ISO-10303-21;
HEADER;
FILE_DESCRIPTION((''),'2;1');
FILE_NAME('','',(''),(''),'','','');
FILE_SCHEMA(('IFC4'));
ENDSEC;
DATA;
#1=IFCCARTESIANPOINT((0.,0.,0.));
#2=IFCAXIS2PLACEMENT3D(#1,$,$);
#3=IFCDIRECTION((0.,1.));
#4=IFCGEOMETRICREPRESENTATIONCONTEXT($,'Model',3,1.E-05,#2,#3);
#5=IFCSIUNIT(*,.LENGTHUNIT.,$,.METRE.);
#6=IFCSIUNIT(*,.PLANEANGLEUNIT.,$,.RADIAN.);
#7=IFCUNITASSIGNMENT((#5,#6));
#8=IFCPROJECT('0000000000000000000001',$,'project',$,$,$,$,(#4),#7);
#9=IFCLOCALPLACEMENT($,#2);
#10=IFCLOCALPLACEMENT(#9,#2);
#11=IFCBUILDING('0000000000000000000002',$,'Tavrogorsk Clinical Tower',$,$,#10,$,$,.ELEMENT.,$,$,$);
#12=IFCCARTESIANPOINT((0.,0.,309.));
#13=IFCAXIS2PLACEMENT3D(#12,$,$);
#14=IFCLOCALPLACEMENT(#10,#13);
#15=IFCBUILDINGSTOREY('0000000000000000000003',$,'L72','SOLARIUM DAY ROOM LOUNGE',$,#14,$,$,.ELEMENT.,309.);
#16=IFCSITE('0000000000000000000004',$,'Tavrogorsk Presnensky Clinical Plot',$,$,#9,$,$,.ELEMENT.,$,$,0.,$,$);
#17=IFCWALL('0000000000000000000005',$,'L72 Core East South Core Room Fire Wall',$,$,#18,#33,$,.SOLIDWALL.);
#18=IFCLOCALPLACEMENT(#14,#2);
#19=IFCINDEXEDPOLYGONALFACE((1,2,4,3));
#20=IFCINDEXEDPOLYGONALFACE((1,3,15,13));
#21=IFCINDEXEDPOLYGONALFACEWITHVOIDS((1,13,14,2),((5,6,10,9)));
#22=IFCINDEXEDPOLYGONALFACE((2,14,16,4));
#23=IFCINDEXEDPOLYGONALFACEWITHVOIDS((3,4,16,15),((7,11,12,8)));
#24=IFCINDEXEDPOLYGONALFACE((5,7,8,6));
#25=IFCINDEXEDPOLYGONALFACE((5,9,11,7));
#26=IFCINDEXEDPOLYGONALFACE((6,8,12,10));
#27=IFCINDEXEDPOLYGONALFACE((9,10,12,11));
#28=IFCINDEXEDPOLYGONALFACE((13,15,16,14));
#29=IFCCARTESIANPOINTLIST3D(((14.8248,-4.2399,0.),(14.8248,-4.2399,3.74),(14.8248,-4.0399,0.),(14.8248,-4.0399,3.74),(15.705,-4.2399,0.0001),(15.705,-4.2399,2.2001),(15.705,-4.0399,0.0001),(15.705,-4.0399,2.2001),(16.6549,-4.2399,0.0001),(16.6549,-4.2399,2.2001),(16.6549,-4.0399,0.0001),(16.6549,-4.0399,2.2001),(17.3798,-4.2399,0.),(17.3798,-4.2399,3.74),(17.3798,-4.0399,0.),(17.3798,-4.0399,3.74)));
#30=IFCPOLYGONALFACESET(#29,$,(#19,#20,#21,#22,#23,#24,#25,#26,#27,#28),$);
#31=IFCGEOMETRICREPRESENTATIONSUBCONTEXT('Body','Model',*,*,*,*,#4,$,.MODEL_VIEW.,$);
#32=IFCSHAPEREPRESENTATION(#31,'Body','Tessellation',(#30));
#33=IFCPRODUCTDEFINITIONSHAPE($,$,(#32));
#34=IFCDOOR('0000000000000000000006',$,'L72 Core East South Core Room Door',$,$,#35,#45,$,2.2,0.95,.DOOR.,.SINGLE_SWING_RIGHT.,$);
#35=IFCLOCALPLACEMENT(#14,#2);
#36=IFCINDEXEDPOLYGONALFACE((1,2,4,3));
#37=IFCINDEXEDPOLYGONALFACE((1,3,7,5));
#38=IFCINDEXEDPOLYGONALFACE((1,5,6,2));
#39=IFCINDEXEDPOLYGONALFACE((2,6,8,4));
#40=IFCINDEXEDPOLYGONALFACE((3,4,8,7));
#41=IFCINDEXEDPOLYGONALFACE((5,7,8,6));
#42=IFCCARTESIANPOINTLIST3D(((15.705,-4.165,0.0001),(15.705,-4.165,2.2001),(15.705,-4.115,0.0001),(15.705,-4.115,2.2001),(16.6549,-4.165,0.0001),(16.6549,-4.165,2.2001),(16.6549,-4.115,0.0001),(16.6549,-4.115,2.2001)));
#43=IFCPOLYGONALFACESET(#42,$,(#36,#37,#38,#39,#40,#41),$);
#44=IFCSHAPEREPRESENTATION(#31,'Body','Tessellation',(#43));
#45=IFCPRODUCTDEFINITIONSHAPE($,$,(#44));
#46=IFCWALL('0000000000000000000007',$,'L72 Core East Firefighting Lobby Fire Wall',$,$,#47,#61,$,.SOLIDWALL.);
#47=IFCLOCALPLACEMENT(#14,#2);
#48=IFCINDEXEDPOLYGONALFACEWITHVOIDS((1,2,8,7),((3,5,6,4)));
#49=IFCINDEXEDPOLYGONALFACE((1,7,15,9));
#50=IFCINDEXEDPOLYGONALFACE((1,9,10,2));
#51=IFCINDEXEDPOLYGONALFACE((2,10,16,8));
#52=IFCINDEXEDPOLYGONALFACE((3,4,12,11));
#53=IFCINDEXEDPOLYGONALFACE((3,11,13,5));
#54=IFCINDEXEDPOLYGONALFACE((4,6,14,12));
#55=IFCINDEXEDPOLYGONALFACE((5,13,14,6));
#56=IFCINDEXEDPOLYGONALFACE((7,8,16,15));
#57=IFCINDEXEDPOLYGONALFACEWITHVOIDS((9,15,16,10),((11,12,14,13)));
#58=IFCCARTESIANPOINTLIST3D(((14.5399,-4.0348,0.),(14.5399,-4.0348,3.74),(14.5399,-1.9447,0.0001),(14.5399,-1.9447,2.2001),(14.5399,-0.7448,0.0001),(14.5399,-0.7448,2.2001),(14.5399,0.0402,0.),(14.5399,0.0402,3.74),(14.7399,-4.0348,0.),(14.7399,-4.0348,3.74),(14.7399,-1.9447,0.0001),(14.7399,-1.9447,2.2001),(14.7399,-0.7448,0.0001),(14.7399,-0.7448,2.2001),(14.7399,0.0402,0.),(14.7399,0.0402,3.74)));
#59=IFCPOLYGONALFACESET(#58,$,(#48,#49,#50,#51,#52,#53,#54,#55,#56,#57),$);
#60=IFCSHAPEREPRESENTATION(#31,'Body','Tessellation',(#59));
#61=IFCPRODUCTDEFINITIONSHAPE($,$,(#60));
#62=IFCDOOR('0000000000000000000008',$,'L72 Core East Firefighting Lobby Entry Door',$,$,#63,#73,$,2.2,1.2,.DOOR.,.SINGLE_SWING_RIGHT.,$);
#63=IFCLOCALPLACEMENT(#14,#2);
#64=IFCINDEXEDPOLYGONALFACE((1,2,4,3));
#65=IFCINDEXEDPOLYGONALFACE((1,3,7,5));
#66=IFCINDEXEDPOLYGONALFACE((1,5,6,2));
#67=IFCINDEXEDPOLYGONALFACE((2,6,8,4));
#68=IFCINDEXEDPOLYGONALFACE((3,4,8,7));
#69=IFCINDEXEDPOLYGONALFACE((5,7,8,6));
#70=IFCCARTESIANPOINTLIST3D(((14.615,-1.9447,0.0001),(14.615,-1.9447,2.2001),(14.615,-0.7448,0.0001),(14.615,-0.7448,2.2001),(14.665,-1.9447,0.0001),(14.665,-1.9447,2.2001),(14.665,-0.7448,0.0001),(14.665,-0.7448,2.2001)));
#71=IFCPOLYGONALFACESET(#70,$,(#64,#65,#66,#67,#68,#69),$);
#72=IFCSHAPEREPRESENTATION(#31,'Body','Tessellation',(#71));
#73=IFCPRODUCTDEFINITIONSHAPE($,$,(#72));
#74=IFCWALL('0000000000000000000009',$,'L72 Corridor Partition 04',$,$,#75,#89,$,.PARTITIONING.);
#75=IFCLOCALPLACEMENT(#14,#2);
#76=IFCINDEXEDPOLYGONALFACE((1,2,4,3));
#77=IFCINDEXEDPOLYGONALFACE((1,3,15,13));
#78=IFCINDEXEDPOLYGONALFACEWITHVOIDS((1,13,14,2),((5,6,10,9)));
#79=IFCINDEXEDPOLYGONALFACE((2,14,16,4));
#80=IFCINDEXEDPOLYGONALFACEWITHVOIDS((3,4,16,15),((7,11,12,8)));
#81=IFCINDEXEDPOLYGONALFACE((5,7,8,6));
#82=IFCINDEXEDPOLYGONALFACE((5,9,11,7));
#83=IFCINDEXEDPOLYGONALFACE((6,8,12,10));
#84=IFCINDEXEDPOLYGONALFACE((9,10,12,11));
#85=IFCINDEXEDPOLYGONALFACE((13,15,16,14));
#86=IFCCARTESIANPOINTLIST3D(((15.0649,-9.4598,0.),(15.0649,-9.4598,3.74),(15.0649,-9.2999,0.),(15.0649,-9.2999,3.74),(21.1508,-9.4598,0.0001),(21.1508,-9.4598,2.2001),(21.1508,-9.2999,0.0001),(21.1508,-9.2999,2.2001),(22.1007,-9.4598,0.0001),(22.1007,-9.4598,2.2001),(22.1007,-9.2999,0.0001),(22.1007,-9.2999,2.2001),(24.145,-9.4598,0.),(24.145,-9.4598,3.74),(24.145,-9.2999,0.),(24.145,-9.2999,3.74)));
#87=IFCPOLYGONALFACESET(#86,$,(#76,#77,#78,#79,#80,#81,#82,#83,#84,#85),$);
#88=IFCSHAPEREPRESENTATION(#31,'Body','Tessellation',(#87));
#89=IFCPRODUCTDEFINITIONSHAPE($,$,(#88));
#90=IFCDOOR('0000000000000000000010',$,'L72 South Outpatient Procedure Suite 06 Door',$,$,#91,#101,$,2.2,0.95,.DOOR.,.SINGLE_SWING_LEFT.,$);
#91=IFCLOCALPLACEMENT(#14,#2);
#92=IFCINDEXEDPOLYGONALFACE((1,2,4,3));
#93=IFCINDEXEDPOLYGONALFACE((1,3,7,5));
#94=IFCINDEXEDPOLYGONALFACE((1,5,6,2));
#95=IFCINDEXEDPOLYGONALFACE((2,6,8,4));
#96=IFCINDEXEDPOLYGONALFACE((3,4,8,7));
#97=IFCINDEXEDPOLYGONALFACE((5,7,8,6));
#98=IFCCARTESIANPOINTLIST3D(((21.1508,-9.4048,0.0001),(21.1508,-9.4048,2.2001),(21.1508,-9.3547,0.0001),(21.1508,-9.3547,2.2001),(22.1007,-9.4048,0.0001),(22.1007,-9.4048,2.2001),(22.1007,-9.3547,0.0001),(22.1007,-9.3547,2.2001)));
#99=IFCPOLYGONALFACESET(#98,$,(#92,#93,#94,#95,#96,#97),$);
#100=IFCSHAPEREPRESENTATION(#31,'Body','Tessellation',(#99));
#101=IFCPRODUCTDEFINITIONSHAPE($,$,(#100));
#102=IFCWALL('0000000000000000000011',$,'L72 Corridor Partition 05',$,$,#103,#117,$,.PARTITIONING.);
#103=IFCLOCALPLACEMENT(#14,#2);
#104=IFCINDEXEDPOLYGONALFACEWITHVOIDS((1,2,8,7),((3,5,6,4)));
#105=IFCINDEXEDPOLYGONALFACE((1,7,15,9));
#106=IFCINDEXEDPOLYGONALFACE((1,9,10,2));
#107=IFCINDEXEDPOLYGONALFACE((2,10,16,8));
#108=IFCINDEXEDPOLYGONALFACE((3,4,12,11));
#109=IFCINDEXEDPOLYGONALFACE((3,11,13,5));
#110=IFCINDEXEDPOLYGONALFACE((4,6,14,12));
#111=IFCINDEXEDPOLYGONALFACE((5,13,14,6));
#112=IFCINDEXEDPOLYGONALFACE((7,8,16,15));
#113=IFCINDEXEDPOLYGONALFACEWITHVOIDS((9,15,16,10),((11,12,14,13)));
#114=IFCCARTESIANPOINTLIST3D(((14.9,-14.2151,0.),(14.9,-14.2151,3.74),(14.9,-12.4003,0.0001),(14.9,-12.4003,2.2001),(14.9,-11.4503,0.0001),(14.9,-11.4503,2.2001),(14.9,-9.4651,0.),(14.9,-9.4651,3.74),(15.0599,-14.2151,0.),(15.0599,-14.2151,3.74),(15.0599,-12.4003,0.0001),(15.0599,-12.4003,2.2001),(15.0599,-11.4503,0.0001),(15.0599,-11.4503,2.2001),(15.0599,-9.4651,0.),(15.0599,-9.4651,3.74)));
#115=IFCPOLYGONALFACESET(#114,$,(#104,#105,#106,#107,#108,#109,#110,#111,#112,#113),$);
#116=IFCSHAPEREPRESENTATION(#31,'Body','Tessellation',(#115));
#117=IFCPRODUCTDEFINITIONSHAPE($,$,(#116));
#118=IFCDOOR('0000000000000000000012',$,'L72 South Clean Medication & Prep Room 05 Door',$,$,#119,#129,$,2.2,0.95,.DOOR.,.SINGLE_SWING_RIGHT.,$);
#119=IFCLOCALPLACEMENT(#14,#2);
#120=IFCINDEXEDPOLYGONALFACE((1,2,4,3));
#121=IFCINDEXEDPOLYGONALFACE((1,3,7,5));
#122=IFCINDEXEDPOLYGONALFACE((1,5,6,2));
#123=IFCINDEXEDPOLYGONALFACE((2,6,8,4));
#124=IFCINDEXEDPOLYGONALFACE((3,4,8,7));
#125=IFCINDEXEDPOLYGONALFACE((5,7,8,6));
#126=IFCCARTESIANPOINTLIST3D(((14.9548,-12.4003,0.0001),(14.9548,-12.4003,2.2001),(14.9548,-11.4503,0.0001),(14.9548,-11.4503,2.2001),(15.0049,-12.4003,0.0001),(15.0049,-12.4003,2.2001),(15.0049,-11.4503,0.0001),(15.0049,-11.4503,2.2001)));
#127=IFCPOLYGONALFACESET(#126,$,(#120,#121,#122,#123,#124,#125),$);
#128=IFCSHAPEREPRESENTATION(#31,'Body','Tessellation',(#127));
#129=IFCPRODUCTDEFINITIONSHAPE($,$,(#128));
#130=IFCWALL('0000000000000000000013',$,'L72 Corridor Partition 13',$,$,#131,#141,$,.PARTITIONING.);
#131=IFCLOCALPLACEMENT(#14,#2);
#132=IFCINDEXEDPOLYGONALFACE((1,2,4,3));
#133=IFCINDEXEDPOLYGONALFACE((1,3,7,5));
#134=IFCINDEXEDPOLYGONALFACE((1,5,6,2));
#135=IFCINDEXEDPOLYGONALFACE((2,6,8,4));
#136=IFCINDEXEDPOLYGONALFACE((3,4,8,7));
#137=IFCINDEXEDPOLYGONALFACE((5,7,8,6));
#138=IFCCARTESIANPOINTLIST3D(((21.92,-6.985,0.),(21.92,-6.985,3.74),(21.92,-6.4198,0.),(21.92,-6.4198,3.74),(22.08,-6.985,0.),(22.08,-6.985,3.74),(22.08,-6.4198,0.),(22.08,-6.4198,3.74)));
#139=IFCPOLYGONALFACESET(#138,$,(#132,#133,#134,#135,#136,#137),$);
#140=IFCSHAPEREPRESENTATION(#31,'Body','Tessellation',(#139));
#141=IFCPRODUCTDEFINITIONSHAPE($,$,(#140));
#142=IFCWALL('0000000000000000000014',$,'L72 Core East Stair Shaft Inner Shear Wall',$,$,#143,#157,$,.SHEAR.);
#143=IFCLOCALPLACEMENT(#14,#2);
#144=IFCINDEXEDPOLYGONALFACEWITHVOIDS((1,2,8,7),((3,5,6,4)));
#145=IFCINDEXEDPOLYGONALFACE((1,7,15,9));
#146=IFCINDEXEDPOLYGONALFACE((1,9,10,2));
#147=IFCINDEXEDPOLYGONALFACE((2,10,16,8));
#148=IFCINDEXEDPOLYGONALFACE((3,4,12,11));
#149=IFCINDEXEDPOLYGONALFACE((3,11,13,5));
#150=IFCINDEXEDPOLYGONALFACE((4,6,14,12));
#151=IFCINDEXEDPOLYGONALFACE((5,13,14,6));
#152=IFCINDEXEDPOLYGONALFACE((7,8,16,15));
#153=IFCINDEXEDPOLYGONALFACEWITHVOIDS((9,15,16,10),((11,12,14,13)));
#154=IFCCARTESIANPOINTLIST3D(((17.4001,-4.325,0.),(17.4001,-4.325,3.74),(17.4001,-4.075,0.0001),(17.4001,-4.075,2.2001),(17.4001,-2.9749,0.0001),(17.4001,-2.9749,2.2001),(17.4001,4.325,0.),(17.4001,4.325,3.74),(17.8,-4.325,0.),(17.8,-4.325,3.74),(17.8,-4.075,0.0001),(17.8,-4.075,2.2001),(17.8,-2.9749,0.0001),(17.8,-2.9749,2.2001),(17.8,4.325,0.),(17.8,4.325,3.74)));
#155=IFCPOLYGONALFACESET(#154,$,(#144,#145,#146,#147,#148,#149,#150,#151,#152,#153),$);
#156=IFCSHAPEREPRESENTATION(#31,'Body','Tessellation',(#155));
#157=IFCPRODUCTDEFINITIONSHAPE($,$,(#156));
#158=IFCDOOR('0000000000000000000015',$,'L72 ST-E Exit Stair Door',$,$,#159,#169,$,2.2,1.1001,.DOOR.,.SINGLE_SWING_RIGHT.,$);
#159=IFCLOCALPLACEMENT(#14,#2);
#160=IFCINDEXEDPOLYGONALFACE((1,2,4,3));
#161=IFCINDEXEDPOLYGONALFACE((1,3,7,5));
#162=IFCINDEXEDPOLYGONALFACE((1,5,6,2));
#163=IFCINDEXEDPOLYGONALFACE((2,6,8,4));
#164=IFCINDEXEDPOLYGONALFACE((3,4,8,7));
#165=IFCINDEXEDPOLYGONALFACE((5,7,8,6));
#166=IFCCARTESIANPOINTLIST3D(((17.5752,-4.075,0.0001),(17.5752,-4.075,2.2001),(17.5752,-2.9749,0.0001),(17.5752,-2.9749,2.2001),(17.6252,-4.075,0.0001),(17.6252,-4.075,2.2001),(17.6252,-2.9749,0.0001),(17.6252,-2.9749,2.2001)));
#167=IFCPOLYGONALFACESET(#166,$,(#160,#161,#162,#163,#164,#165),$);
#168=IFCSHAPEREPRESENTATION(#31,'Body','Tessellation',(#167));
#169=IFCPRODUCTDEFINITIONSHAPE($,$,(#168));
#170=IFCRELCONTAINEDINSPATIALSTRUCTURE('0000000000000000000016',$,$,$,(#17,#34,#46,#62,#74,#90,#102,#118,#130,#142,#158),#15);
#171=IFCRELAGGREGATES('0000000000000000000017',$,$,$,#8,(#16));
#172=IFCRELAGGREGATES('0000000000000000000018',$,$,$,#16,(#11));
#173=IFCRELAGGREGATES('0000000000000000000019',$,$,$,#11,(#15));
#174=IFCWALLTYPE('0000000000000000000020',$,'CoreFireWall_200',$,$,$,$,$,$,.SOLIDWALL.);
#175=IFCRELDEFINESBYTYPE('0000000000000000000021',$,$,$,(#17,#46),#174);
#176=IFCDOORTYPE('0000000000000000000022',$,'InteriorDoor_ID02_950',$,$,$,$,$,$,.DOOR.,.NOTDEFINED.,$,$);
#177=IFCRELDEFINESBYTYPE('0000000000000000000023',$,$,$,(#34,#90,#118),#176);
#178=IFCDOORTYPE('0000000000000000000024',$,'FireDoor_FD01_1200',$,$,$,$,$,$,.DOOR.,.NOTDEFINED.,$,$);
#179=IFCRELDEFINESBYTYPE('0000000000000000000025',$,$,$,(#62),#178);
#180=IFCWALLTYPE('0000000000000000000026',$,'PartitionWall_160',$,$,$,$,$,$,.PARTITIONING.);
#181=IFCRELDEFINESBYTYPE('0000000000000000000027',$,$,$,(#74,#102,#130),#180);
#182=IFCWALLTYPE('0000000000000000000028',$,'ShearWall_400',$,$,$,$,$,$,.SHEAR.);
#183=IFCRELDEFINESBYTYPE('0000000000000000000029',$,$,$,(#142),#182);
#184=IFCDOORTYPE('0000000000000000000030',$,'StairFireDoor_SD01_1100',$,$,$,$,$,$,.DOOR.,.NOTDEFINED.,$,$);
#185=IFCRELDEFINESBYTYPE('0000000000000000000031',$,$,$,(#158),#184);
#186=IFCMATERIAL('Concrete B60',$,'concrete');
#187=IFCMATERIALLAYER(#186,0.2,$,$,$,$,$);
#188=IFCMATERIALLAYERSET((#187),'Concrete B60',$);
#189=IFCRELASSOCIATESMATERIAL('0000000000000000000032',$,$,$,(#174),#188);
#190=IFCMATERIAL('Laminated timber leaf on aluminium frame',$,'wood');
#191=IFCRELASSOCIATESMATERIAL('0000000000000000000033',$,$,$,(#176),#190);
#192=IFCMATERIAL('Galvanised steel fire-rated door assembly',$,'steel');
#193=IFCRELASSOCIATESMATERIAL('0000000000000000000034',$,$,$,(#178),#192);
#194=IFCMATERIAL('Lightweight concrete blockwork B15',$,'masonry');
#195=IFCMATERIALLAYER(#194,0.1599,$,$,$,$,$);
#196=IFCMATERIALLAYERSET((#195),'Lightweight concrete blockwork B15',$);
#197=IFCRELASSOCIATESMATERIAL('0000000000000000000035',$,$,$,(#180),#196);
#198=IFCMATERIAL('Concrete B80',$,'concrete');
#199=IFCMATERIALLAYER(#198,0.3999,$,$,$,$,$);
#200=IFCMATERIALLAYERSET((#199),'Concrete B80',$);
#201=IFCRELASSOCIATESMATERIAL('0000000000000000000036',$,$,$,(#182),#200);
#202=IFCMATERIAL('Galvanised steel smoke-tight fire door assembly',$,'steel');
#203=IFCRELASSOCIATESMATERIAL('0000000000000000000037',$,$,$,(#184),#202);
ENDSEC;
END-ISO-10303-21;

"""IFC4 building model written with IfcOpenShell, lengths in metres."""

from ifc_helpers import new_model, si_unit, direction, frame, frame_2d, origin, place, context, subcontext, project, spatial, rectangle, extrude, material, layer, layer_set, type_object, element, fill, save


model = new_model("IFC4")

# Units and contexts
model_context = context("Model", 3, precision=1e-05, world=origin(), true_north=direction((0.0, 1.0)))
body_context = subcontext(model_context, "Body", "Model", "MODEL_VIEW")
ifc_project = project(units=[si_unit("LENGTHUNIT", "METRE"), si_unit("PLANEANGLEUNIT", "RADIAN")], contexts=[model_context])

# Site, building, storey
site_placement = place(None, origin())
site = spatial("IfcSite", under=ifc_project, at=site_placement, Name="Tavrogorsk Presnensky Clinical Plot", CompositionType="ELEMENT", RefElevation=0.0)
building_placement = place(site_placement, origin())
building = spatial("IfcBuilding", under=site, at=building_placement, Name="Tavrogorsk Clinical Tower", CompositionType="ELEMENT")
storey_placement = place(building_placement, frame((0.0, 0.0, 309.0)))
storey = spatial("IfcBuildingStorey", under=building, at=storey_placement, Name="L72", Description="SOLARIUM DAY ROOM LOUNGE", CompositionType="ELEMENT", Elevation=309.0)

# Walls, openings, doors
ifc_material_1 = material(Name="Concrete B60", Category="concrete")
ifc_layer_1 = layer(ifc_material_1, 0.2)
ifc_layer_set_1 = layer_set([ifc_layer_1], Name="Concrete B60")
wall_type_1 = type_object("IfcWallType", Name="CoreFireWall_200", PredefinedType="SOLIDWALL", material=ifc_layer_set_1)
wall_1_placement = place(storey_placement, frame((14.825, -4.1399, 0.0), z_axis=(0.0, 0.0, 1.0), x_axis=(1.0, 0.0, 0.0)))
wall_1 = element("IfcWall", 1, at=wall_1_placement, inside=storey, type_object=wall_type_1, Name="L72 Core East South Core Room Fire Wall", PredefinedType="SOLIDWALL", context=body_context, shape_type="SweptSolid", body=[
    extrude(rectangle(XDim=2.5549, YDim=0.2, at=frame_2d((1.2773, 0.0))), origin(), (0.0, 0.0, 1.0), 3.74),
])
opening_1_placement = place(wall_1_placement, frame((0.8799, 0.0, 0.0)))
opening_1 = element("IfcOpeningElement", 2, at=opening_1_placement, cuts=wall_1, PredefinedType="OPENING", context=body_context, shape_type="SweptSolid", body=[
    extrude(rectangle(XDim=0.95, YDim=2.2, at=frame_2d((0.4751, 1.1001))), frame((0.0, 0.1099, 0.0), z_axis=(0.0, -1.0, 0.0), x_axis=(1.0, 0.0, 0.0)), (0.0, 0.0, 1.0), 0.22),
])
ifc_material_2 = material(Name="Laminated timber leaf on aluminium frame", Category="wood")
door_type_1 = type_object("IfcDoorType", Name="InteriorDoor_ID02_950", OperationType="NOTDEFINED", PredefinedType="DOOR", material=ifc_material_2)
door_1_placement = place(opening_1_placement, origin())
door_1 = element("IfcDoor", 3, at=door_1_placement, inside=storey, type_object=door_type_1, Name="L72 Core East South Core Room Door", OperationType="SINGLE_SWING_RIGHT", OverallHeight=2.2, OverallWidth=0.95, PredefinedType="DOOR", context=body_context, shape_type="SweptSolid", body=[
    extrude(rectangle(XDim=0.95, YDim=2.2, at=frame_2d((0.4751, 1.1001))), frame((0.0, 0.0249, 0.0), z_axis=(0.0, -1.0, 0.0), x_axis=(1.0, 0.0, 0.0)), (0.0, 0.0, 1.0), 0.05),
])
fill(opening_1, door_1)
wall_2_placement = place(storey_placement, frame((14.6399, -4.0349, 0.0), z_axis=(0.0, 0.0, 1.0), x_axis=(0.0, 1.0, 0.0)))
wall_2 = element("IfcWall", 4, at=wall_2_placement, inside=storey, type_object=wall_type_1, Name="L72 Core East Firefighting Lobby Fire Wall", PredefinedType="SOLIDWALL", context=body_context, shape_type="SweptSolid", body=[
    extrude(rectangle(XDim=4.075, YDim=0.2, at=frame_2d((2.0376, 0.0))), origin(), (0.0, 0.0, 1.0), 3.74),
])
opening_2_placement = place(wall_2_placement, frame((2.0901, 0.0, 0.0)))
opening_2 = element("IfcOpeningElement", 5, at=opening_2_placement, cuts=wall_2, PredefinedType="OPENING", context=body_context, shape_type="SweptSolid", body=[
    extrude(rectangle(XDim=1.2, YDim=2.2, at=frame_2d((0.6001, 1.1001))), frame((0.0, 0.1099, 0.0), z_axis=(0.0, -1.0, 0.0), x_axis=(1.0, 0.0, 0.0)), (0.0, 0.0, 1.0), 0.22),
])
ifc_material_3 = material(Name="Galvanised steel fire-rated door assembly", Category="steel")
door_type_2 = type_object("IfcDoorType", Name="FireDoor_FD01_1200", OperationType="NOTDEFINED", PredefinedType="DOOR", material=ifc_material_3)
door_2_placement = place(opening_2_placement, origin())
door_2 = element("IfcDoor", 6, at=door_2_placement, inside=storey, type_object=door_type_2, Name="L72 Core East Firefighting Lobby Entry Door", OperationType="SINGLE_SWING_RIGHT", OverallHeight=2.2, OverallWidth=1.2, PredefinedType="DOOR", context=body_context, shape_type="SweptSolid", body=[
    extrude(rectangle(XDim=1.2, YDim=2.2, at=frame_2d((0.6001, 1.1001))), frame((0.0, 0.0249, 0.0), z_axis=(0.0, -1.0, 0.0), x_axis=(1.0, 0.0, 0.0)), (0.0, 0.0, 1.0), 0.05),
])
fill(opening_2, door_2)
ifc_material_4 = material(Name="Lightweight concrete blockwork B15", Category="masonry")
ifc_layer_2 = layer(ifc_material_4, 0.1599)
ifc_layer_set_2 = layer_set([ifc_layer_2], Name="Lightweight concrete blockwork B15")
wall_type_2 = type_object("IfcWallType", Name="PartitionWall_160", PredefinedType="PARTITIONING", material=ifc_layer_set_2)
wall_3_placement = place(storey_placement, frame((24.145, -9.3799, 0.0), z_axis=(0.0, 0.0, 1.0), x_axis=(-1.0, 0.0, 0.0)))
wall_3 = element("IfcWall", 7, at=wall_3_placement, inside=storey, type_object=wall_type_2, Name="L72 Corridor Partition 04", PredefinedType="PARTITIONING", context=body_context, shape_type="SweptSolid", body=[
    extrude(rectangle(XDim=9.0801, YDim=0.1599, at=frame_2d((4.54, 0.0))), origin(), (0.0, 0.0, 1.0), 3.74),
])
opening_3_placement = place(wall_3_placement, frame((2.0442, 0.0, 0.0)))
opening_3 = element("IfcOpeningElement", 8, at=opening_3_placement, cuts=wall_3, PredefinedType="OPENING", context=body_context, shape_type="SweptSolid", body=[
    extrude(rectangle(XDim=0.95, YDim=2.2, at=frame_2d((0.4751, 1.1001))), frame((0.0, 0.0898, 0.0), z_axis=(0.0, -1.0, 0.0), x_axis=(1.0, 0.0, 0.0)), (0.0, 0.0, 1.0), 0.1799),
])
door_3_placement = place(opening_3_placement, origin())
door_3 = element("IfcDoor", 9, at=door_3_placement, inside=storey, type_object=door_type_1, Name="L72 South Outpatient Procedure Suite 06 Door", OperationType="SINGLE_SWING_LEFT", OverallHeight=2.2, OverallWidth=0.95, PredefinedType="DOOR", context=body_context, shape_type="SweptSolid", body=[
    extrude(rectangle(XDim=0.95, YDim=2.2, at=frame_2d((0.4751, 1.1001))), frame((0.0, 0.0249, 0.0), z_axis=(0.0, -1.0, 0.0), x_axis=(1.0, 0.0, 0.0)), (0.0, 0.0, 1.0), 0.05),
])
fill(opening_3, door_3)
wall_4_placement = place(storey_placement, frame((14.98, -9.4651, 0.0), z_axis=(0.0, 0.0, 1.0), x_axis=(0.0, -1.0, 0.0)))
wall_4 = element("IfcWall", 10, at=wall_4_placement, inside=storey, type_object=wall_type_2, Name="L72 Corridor Partition 05", PredefinedType="PARTITIONING", context=body_context, shape_type="SweptSolid", body=[
    extrude(rectangle(XDim=4.75, YDim=0.1599, at=frame_2d((2.375, 0.0))), origin(), (0.0, 0.0, 1.0), 3.74),
])
opening_4_placement = place(wall_4_placement, frame((1.9851, 0.0, 0.0)))
opening_4 = element("IfcOpeningElement", 11, at=opening_4_placement, cuts=wall_4, PredefinedType="OPENING", context=body_context, shape_type="SweptSolid", body=[
    extrude(rectangle(XDim=0.95, YDim=2.2, at=frame_2d((0.4751, 1.1001))), frame((0.0, 0.0898, 0.0), z_axis=(0.0, -1.0, 0.0), x_axis=(1.0, 0.0, 0.0)), (0.0, 0.0, 1.0), 0.1799),
])
door_4_placement = place(opening_4_placement, origin())
door_4 = element("IfcDoor", 12, at=door_4_placement, inside=storey, type_object=door_type_1, Name="L72 South Clean Medication & Prep Room 05 Door", OperationType="SINGLE_SWING_RIGHT", OverallHeight=2.2, OverallWidth=0.95, PredefinedType="DOOR", context=body_context, shape_type="SweptSolid", body=[
    extrude(rectangle(XDim=0.95, YDim=2.2, at=frame_2d((0.4751, 1.1001))), frame((0.0, 0.0249, 0.0), z_axis=(0.0, -1.0, 0.0), x_axis=(1.0, 0.0, 0.0)), (0.0, 0.0, 1.0), 0.05),
])
fill(opening_4, door_4)

# Wall
wall_5_placement = place(storey_placement, frame((22.0, -6.9851, 0.0), z_axis=(0.0, 0.0, 1.0), x_axis=(0.0, 1.0, 0.0)))
element("IfcWall", 13, at=wall_5_placement, inside=storey, type_object=wall_type_2, Name="L72 Corridor Partition 13", PredefinedType="PARTITIONING", context=body_context, shape_type="SweptSolid", body=[
    extrude(rectangle(XDim=0.5652, YDim=0.1599, at=frame_2d((0.2827, 0.0))), origin(), (0.0, 0.0, 1.0), 3.74),
])

# Wall, opening, door
ifc_material_5 = material(Name="Concrete B80", Category="concrete")
ifc_layer_3 = layer(ifc_material_5, 0.3999)
ifc_layer_set_3 = layer_set([ifc_layer_3], Name="Concrete B80")
wall_type_3 = type_object("IfcWallType", Name="ShearWall_400", PredefinedType="SHEAR", material=ifc_layer_set_3)
wall_6_placement = place(storey_placement, frame((17.6001, -4.325, 0.0), z_axis=(0.0, 0.0, 1.0), x_axis=(0.0, 1.0, 0.0)))
wall_6 = element("IfcWall", 14, at=wall_6_placement, inside=storey, type_object=wall_type_3, Name="L72 Core East Stair Shaft Inner Shear Wall", PredefinedType="SHEAR", context=body_context, shape_type="SweptSolid", body=[
    extrude(rectangle(XDim=8.6499, YDim=0.3999, at=frame_2d((4.325, 0.0))), origin(), (0.0, 0.0, 1.0), 3.74),
])
opening_5_placement = place(wall_6_placement, frame((0.25, 0.0, 0.0)))
opening_5 = element("IfcOpeningElement", 15, at=opening_5_placement, cuts=wall_6, PredefinedType="OPENING", context=body_context, shape_type="SweptSolid", body=[
    extrude(rectangle(XDim=1.1001, YDim=2.2, at=frame_2d((0.55, 1.1001))), frame((0.0, 0.21, 0.0), z_axis=(0.0, -1.0, 0.0), x_axis=(1.0, 0.0, 0.0)), (0.0, 0.0, 1.0), 0.4199),
])
ifc_material_6 = material(Name="Galvanised steel smoke-tight fire door assembly", Category="steel")
door_type_3 = type_object("IfcDoorType", Name="StairFireDoor_SD01_1100", OperationType="NOTDEFINED", PredefinedType="DOOR", material=ifc_material_6)
door_5_placement = place(opening_5_placement, origin())
door_5 = element("IfcDoor", 16, at=door_5_placement, inside=storey, type_object=door_type_3, Name="L72 ST-E Exit Stair Door", OperationType="SINGLE_SWING_RIGHT", OverallHeight=2.2, OverallWidth=1.1001, PredefinedType="DOOR", context=body_context, shape_type="SweptSolid", body=[
    extrude(rectangle(XDim=1.1001, YDim=2.2, at=frame_2d((0.55, 1.1001))), frame((0.0, 0.0249, 0.0), z_axis=(0.0, -1.0, 0.0), x_axis=(1.0, 0.0, 0.0)), (0.0, 0.0, 1.0), 0.05),
])
fill(opening_5, door_5)

save(model, "model.ifc")
